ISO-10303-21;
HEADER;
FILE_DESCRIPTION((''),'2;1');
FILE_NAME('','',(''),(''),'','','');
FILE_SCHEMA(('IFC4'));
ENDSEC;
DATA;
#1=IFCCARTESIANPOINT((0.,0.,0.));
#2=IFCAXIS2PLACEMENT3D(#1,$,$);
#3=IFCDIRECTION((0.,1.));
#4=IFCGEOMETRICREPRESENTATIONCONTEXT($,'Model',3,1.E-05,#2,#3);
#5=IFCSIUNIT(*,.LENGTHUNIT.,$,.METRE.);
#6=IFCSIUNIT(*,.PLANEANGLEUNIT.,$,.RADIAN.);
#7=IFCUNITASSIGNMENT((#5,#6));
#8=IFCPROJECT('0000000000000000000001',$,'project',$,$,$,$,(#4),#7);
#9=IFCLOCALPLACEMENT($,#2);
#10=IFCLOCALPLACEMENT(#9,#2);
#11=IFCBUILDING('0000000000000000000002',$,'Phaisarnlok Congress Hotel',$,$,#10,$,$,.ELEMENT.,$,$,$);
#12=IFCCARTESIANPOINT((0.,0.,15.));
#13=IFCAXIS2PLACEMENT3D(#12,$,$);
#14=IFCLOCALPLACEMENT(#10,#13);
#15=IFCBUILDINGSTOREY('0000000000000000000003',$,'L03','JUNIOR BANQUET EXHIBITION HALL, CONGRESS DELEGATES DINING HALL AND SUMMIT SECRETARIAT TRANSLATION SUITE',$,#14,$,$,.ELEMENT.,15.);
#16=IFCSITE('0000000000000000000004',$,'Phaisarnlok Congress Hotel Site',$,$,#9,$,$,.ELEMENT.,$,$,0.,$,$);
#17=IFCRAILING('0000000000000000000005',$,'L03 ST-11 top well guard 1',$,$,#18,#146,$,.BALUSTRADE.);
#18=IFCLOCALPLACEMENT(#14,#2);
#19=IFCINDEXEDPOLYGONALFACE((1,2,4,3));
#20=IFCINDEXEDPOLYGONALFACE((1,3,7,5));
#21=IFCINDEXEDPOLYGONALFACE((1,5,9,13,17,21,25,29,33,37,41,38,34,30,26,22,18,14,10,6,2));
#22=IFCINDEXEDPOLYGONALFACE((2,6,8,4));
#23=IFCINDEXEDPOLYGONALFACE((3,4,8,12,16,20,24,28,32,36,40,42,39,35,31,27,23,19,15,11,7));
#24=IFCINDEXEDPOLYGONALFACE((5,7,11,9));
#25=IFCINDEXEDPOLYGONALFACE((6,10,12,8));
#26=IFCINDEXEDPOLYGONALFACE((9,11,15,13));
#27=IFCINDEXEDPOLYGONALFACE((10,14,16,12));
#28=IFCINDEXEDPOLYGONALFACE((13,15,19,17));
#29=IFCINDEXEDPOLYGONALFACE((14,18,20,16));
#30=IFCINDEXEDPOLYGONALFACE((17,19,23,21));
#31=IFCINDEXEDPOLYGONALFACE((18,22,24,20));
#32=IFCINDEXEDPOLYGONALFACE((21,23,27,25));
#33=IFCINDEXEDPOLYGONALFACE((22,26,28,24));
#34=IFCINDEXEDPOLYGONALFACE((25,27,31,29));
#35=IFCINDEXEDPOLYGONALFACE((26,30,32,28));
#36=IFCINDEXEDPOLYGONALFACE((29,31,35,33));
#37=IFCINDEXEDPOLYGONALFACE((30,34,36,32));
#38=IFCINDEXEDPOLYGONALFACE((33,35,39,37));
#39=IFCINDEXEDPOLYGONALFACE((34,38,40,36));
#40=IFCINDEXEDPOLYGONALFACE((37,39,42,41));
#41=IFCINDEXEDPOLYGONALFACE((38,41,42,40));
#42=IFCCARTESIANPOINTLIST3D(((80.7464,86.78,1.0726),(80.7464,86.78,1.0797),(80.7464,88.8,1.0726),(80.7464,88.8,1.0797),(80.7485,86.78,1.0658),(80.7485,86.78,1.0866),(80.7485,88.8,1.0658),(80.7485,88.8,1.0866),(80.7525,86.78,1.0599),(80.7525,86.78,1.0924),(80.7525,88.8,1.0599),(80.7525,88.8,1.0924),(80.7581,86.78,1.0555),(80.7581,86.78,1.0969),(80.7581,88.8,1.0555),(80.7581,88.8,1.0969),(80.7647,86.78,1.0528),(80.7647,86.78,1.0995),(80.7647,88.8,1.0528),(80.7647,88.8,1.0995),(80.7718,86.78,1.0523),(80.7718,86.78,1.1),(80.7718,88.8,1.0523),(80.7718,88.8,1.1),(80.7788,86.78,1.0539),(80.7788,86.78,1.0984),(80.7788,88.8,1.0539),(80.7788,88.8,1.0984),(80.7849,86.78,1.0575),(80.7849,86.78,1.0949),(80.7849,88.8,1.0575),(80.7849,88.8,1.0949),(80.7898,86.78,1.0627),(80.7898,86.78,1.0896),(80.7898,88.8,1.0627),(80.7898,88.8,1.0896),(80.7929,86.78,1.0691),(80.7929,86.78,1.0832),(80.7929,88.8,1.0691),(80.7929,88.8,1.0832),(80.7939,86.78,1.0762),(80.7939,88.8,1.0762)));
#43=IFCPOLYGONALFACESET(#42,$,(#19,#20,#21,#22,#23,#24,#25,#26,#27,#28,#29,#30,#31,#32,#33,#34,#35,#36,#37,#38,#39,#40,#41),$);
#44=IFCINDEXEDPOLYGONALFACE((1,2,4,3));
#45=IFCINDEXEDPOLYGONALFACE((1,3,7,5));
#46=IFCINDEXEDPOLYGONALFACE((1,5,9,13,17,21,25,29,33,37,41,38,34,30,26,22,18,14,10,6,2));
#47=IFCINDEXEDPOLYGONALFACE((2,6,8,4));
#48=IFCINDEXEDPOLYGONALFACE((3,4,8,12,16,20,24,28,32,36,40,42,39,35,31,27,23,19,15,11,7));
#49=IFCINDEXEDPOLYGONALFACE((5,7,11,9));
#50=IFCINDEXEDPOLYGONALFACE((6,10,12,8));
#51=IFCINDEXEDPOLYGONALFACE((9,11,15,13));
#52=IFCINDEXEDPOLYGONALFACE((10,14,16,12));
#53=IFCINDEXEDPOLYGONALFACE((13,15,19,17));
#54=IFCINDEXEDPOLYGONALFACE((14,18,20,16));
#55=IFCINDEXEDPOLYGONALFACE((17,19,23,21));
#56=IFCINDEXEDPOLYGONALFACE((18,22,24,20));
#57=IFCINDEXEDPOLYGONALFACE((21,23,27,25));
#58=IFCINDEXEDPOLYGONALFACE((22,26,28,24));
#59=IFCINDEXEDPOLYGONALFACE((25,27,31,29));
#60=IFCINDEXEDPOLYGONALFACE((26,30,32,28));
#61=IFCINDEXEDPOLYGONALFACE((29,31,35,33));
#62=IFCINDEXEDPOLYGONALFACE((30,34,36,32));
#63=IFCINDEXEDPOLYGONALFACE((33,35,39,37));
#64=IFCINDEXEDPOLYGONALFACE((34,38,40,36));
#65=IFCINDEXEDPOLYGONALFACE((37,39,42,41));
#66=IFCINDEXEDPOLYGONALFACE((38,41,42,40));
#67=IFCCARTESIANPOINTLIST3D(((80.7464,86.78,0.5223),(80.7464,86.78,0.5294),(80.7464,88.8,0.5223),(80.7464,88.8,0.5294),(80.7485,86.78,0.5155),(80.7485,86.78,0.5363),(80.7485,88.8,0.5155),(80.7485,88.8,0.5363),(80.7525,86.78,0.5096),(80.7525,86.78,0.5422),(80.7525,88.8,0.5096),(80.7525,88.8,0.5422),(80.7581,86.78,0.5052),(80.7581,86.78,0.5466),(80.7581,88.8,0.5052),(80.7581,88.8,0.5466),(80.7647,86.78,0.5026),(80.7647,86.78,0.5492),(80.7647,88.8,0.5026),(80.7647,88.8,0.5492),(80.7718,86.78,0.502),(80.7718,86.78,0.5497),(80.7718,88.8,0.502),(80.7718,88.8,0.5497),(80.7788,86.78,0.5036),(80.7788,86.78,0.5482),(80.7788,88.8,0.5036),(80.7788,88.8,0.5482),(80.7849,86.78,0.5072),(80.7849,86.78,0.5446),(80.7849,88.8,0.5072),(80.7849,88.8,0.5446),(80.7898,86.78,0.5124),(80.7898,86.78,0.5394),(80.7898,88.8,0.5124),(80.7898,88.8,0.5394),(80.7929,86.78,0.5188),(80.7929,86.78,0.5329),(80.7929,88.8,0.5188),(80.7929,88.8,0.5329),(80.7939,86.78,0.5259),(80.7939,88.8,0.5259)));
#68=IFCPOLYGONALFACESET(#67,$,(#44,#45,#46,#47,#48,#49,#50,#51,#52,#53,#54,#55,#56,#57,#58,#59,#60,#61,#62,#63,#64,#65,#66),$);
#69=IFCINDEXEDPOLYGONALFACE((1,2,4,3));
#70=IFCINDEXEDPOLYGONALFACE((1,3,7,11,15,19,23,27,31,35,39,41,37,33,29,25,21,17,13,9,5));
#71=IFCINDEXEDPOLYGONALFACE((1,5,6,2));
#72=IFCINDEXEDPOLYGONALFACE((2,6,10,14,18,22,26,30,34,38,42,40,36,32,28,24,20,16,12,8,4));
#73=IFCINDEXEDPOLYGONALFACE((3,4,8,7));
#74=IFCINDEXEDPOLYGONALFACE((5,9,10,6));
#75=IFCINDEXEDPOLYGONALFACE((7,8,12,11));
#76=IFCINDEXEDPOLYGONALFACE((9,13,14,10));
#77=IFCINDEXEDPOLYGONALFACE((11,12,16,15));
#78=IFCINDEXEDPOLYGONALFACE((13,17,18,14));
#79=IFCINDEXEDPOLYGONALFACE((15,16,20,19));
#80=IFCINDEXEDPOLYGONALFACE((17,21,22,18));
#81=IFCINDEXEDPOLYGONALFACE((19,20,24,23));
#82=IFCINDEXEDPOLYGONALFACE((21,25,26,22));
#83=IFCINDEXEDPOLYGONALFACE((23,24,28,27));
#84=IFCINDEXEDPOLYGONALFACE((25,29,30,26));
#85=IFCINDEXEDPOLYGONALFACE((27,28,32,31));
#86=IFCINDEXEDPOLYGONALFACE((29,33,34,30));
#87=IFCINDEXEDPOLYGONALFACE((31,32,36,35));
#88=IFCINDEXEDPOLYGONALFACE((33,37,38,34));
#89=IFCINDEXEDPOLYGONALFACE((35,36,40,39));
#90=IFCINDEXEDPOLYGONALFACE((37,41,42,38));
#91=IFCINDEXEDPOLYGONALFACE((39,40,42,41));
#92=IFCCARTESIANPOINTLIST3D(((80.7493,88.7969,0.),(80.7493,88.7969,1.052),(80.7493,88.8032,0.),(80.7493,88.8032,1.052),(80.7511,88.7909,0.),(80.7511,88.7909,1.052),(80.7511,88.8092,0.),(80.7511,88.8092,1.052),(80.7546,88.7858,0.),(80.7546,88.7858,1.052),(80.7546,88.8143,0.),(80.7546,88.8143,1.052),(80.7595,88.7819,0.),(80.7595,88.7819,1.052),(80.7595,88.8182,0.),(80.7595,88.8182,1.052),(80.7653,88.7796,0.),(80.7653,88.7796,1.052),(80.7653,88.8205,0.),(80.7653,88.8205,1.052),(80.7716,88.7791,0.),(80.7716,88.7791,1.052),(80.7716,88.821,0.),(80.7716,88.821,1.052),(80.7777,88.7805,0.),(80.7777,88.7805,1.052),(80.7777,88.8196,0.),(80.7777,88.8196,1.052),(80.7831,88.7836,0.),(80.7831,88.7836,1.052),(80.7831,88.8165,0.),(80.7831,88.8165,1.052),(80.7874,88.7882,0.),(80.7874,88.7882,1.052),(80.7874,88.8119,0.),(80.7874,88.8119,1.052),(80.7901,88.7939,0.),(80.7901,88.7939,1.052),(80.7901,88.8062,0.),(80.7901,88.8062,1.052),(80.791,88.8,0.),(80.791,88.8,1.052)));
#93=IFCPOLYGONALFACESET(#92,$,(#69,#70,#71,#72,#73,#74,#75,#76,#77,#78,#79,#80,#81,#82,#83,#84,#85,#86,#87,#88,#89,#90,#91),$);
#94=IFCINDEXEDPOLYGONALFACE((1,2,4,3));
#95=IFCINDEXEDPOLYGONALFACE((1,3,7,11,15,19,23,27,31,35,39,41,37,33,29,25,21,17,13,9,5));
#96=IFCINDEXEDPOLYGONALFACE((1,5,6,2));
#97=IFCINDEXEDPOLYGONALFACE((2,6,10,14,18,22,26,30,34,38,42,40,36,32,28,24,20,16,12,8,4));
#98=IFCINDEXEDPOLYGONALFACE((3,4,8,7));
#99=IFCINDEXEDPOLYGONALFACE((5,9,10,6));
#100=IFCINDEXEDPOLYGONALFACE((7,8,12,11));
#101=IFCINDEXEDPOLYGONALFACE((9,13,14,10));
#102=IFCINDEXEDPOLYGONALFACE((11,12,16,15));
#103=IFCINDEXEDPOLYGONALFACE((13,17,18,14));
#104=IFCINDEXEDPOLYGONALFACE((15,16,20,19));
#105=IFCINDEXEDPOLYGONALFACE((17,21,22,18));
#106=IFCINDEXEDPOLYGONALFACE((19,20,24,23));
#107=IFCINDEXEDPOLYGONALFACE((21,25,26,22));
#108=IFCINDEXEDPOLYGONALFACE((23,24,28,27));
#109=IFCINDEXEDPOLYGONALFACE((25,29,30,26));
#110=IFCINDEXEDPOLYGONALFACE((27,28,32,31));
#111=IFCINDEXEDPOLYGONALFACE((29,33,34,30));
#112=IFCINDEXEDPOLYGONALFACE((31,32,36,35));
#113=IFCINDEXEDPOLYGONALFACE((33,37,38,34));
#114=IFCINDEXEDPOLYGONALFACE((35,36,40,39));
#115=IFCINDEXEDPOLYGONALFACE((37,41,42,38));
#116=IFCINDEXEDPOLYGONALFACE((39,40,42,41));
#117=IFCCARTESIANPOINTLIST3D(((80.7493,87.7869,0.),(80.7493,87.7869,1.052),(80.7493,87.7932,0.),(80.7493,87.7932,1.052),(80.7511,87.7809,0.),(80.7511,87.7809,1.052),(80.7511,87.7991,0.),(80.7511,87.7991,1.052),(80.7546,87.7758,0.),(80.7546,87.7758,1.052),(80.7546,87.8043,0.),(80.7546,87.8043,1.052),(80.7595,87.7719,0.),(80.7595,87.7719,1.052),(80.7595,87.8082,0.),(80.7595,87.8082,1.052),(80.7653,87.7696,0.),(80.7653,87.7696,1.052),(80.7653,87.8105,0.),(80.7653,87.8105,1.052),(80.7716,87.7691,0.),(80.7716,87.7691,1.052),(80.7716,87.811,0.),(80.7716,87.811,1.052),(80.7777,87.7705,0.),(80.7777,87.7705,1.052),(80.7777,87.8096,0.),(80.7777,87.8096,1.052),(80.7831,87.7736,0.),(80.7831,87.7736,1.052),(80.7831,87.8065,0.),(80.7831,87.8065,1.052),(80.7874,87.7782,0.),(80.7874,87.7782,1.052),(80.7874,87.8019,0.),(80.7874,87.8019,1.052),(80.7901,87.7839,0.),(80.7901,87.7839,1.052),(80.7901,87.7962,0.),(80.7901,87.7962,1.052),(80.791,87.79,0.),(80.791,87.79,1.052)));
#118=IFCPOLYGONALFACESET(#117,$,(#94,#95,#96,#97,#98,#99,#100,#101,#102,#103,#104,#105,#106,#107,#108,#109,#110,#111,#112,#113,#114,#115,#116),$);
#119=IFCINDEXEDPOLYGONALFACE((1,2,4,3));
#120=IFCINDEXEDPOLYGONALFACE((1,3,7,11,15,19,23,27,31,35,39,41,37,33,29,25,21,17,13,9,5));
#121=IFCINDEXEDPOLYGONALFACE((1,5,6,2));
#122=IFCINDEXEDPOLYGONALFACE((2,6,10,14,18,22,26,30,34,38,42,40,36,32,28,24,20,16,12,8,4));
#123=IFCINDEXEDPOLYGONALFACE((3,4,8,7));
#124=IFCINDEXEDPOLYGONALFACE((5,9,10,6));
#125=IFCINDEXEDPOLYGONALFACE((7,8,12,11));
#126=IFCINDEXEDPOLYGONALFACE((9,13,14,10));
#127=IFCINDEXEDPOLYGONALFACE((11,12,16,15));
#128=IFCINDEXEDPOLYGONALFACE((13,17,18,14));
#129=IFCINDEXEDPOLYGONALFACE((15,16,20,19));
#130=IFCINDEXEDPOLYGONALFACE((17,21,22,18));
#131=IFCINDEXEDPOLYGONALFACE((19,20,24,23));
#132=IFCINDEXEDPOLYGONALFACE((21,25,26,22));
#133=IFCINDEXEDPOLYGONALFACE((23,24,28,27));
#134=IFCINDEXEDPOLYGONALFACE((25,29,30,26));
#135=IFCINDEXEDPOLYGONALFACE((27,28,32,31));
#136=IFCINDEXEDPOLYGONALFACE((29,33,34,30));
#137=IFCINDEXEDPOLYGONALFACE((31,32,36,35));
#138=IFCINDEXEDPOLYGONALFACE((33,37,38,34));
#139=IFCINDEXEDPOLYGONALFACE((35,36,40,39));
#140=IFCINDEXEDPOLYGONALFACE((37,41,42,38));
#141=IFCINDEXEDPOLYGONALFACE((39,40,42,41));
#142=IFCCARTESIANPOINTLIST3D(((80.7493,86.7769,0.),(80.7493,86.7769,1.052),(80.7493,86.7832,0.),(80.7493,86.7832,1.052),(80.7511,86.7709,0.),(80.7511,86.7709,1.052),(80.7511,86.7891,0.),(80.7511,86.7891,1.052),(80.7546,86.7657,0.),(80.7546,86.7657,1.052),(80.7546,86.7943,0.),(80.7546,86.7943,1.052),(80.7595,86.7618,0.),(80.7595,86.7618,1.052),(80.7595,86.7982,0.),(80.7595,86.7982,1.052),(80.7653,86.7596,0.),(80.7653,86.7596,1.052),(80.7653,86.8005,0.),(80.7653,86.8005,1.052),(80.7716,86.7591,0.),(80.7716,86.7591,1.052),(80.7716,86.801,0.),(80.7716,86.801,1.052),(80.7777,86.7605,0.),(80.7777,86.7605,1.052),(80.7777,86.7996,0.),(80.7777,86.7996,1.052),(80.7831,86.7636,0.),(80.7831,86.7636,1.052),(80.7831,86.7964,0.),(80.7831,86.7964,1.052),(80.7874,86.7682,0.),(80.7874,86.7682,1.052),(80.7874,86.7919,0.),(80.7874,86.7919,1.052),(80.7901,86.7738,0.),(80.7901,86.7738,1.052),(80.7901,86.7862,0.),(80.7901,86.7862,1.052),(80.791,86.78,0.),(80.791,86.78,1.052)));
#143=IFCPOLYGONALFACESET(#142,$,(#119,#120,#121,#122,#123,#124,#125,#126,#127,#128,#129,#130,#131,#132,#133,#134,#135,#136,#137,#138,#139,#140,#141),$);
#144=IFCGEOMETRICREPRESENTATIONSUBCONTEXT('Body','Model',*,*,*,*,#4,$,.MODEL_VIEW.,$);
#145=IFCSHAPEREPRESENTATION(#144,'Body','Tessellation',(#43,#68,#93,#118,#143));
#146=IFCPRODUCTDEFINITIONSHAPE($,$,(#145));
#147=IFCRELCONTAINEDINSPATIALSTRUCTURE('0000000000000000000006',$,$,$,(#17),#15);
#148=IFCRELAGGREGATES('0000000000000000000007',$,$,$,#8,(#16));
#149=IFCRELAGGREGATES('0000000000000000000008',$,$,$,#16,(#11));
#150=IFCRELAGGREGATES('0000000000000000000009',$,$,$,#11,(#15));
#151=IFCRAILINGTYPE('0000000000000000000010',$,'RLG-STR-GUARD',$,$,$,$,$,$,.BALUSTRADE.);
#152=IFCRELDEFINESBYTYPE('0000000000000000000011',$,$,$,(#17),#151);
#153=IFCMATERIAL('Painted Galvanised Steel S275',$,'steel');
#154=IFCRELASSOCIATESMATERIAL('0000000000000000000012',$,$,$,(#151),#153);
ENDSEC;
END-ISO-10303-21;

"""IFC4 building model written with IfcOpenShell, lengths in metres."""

from ifc_helpers import new_model, si_unit, direction, frame, origin, origin_2d, place, context, subcontext, project, spatial, circle, extrude, material, type_object, element, save


model = new_model("IFC4")

# Units and contexts
model_context = context("Model", 3, precision=1e-05, world=origin(), true_north=direction((0.0, 1.0)))
body_context = subcontext(model_context, "Body", "Model", "MODEL_VIEW")
ifc_project = project(units=[si_unit("LENGTHUNIT", "METRE"), si_unit("PLANEANGLEUNIT", "RADIAN")], contexts=[model_context])

# Site, building, storey
site_placement = place(None, origin())
site = spatial("IfcSite", under=ifc_project, at=site_placement, Name="Phaisarnlok Congress Hotel Site", CompositionType="ELEMENT", RefElevation=0.0)
building_placement = place(site_placement, origin())
building = spatial("IfcBuilding", under=site, at=building_placement, Name="Phaisarnlok Congress Hotel", CompositionType="ELEMENT")
storey_placement = place(building_placement, frame((0.0, 0.0, 15.0)))
storey = spatial("IfcBuildingStorey", under=building, at=storey_placement, Name="L03", Description="JUNIOR BANQUET EXHIBITION HALL, CONGRESS DELEGATES DINING HALL AND SUMMIT SECRETARIAT TRANSLATION SUITE", CompositionType="ELEMENT", Elevation=15.0)

# Railing
ifc_material_1 = material(Name="Painted Galvanised Steel S275", Category="steel")
railing_type = type_object("IfcRailingType", Name="RLG-STR-GUARD", PredefinedType="BALUSTRADE", material=ifc_material_1)
railing_placement = place(storey_placement, frame((80.77, 88.8, 0.0)))
element("IfcRailing", 1, at=railing_placement, inside=storey, type_object=railing_type, Name="L03 ST-11 top well guard 1", PredefinedType="BALUSTRADE", context=body_context, shape_type="SweptSolid", body=[
    extrude(circle(Radius=0.0239, at=origin_2d()), frame((0.0, 0.0, 1.0762), z_axis=(0.0, -1.0, 0.0), x_axis=(1.0, 0.0, 0.0)), (0.0, 0.0, 1.0), 2.02),
    extrude(circle(Radius=0.0239, at=origin_2d()), frame((0.0, 0.0, 0.5259), z_axis=(0.0, -1.0, 0.0), x_axis=(1.0, 0.0, 0.0)), (0.0, 0.0, 1.0), 2.02),
    extrude(circle(Radius=0.021, at=origin_2d()), origin(), (0.0, 0.0, 1.0), 1.052),
    extrude(circle(Radius=0.021, at=origin_2d()), frame((0.0, -1.01, 0.0)), (0.0, 0.0, 1.0), 1.052),
    extrude(circle(Radius=0.021, at=origin_2d()), frame((0.0, -2.02, 0.0)), (0.0, 0.0, 1.0), 1.052),
])

save(model, "model.ifc")
